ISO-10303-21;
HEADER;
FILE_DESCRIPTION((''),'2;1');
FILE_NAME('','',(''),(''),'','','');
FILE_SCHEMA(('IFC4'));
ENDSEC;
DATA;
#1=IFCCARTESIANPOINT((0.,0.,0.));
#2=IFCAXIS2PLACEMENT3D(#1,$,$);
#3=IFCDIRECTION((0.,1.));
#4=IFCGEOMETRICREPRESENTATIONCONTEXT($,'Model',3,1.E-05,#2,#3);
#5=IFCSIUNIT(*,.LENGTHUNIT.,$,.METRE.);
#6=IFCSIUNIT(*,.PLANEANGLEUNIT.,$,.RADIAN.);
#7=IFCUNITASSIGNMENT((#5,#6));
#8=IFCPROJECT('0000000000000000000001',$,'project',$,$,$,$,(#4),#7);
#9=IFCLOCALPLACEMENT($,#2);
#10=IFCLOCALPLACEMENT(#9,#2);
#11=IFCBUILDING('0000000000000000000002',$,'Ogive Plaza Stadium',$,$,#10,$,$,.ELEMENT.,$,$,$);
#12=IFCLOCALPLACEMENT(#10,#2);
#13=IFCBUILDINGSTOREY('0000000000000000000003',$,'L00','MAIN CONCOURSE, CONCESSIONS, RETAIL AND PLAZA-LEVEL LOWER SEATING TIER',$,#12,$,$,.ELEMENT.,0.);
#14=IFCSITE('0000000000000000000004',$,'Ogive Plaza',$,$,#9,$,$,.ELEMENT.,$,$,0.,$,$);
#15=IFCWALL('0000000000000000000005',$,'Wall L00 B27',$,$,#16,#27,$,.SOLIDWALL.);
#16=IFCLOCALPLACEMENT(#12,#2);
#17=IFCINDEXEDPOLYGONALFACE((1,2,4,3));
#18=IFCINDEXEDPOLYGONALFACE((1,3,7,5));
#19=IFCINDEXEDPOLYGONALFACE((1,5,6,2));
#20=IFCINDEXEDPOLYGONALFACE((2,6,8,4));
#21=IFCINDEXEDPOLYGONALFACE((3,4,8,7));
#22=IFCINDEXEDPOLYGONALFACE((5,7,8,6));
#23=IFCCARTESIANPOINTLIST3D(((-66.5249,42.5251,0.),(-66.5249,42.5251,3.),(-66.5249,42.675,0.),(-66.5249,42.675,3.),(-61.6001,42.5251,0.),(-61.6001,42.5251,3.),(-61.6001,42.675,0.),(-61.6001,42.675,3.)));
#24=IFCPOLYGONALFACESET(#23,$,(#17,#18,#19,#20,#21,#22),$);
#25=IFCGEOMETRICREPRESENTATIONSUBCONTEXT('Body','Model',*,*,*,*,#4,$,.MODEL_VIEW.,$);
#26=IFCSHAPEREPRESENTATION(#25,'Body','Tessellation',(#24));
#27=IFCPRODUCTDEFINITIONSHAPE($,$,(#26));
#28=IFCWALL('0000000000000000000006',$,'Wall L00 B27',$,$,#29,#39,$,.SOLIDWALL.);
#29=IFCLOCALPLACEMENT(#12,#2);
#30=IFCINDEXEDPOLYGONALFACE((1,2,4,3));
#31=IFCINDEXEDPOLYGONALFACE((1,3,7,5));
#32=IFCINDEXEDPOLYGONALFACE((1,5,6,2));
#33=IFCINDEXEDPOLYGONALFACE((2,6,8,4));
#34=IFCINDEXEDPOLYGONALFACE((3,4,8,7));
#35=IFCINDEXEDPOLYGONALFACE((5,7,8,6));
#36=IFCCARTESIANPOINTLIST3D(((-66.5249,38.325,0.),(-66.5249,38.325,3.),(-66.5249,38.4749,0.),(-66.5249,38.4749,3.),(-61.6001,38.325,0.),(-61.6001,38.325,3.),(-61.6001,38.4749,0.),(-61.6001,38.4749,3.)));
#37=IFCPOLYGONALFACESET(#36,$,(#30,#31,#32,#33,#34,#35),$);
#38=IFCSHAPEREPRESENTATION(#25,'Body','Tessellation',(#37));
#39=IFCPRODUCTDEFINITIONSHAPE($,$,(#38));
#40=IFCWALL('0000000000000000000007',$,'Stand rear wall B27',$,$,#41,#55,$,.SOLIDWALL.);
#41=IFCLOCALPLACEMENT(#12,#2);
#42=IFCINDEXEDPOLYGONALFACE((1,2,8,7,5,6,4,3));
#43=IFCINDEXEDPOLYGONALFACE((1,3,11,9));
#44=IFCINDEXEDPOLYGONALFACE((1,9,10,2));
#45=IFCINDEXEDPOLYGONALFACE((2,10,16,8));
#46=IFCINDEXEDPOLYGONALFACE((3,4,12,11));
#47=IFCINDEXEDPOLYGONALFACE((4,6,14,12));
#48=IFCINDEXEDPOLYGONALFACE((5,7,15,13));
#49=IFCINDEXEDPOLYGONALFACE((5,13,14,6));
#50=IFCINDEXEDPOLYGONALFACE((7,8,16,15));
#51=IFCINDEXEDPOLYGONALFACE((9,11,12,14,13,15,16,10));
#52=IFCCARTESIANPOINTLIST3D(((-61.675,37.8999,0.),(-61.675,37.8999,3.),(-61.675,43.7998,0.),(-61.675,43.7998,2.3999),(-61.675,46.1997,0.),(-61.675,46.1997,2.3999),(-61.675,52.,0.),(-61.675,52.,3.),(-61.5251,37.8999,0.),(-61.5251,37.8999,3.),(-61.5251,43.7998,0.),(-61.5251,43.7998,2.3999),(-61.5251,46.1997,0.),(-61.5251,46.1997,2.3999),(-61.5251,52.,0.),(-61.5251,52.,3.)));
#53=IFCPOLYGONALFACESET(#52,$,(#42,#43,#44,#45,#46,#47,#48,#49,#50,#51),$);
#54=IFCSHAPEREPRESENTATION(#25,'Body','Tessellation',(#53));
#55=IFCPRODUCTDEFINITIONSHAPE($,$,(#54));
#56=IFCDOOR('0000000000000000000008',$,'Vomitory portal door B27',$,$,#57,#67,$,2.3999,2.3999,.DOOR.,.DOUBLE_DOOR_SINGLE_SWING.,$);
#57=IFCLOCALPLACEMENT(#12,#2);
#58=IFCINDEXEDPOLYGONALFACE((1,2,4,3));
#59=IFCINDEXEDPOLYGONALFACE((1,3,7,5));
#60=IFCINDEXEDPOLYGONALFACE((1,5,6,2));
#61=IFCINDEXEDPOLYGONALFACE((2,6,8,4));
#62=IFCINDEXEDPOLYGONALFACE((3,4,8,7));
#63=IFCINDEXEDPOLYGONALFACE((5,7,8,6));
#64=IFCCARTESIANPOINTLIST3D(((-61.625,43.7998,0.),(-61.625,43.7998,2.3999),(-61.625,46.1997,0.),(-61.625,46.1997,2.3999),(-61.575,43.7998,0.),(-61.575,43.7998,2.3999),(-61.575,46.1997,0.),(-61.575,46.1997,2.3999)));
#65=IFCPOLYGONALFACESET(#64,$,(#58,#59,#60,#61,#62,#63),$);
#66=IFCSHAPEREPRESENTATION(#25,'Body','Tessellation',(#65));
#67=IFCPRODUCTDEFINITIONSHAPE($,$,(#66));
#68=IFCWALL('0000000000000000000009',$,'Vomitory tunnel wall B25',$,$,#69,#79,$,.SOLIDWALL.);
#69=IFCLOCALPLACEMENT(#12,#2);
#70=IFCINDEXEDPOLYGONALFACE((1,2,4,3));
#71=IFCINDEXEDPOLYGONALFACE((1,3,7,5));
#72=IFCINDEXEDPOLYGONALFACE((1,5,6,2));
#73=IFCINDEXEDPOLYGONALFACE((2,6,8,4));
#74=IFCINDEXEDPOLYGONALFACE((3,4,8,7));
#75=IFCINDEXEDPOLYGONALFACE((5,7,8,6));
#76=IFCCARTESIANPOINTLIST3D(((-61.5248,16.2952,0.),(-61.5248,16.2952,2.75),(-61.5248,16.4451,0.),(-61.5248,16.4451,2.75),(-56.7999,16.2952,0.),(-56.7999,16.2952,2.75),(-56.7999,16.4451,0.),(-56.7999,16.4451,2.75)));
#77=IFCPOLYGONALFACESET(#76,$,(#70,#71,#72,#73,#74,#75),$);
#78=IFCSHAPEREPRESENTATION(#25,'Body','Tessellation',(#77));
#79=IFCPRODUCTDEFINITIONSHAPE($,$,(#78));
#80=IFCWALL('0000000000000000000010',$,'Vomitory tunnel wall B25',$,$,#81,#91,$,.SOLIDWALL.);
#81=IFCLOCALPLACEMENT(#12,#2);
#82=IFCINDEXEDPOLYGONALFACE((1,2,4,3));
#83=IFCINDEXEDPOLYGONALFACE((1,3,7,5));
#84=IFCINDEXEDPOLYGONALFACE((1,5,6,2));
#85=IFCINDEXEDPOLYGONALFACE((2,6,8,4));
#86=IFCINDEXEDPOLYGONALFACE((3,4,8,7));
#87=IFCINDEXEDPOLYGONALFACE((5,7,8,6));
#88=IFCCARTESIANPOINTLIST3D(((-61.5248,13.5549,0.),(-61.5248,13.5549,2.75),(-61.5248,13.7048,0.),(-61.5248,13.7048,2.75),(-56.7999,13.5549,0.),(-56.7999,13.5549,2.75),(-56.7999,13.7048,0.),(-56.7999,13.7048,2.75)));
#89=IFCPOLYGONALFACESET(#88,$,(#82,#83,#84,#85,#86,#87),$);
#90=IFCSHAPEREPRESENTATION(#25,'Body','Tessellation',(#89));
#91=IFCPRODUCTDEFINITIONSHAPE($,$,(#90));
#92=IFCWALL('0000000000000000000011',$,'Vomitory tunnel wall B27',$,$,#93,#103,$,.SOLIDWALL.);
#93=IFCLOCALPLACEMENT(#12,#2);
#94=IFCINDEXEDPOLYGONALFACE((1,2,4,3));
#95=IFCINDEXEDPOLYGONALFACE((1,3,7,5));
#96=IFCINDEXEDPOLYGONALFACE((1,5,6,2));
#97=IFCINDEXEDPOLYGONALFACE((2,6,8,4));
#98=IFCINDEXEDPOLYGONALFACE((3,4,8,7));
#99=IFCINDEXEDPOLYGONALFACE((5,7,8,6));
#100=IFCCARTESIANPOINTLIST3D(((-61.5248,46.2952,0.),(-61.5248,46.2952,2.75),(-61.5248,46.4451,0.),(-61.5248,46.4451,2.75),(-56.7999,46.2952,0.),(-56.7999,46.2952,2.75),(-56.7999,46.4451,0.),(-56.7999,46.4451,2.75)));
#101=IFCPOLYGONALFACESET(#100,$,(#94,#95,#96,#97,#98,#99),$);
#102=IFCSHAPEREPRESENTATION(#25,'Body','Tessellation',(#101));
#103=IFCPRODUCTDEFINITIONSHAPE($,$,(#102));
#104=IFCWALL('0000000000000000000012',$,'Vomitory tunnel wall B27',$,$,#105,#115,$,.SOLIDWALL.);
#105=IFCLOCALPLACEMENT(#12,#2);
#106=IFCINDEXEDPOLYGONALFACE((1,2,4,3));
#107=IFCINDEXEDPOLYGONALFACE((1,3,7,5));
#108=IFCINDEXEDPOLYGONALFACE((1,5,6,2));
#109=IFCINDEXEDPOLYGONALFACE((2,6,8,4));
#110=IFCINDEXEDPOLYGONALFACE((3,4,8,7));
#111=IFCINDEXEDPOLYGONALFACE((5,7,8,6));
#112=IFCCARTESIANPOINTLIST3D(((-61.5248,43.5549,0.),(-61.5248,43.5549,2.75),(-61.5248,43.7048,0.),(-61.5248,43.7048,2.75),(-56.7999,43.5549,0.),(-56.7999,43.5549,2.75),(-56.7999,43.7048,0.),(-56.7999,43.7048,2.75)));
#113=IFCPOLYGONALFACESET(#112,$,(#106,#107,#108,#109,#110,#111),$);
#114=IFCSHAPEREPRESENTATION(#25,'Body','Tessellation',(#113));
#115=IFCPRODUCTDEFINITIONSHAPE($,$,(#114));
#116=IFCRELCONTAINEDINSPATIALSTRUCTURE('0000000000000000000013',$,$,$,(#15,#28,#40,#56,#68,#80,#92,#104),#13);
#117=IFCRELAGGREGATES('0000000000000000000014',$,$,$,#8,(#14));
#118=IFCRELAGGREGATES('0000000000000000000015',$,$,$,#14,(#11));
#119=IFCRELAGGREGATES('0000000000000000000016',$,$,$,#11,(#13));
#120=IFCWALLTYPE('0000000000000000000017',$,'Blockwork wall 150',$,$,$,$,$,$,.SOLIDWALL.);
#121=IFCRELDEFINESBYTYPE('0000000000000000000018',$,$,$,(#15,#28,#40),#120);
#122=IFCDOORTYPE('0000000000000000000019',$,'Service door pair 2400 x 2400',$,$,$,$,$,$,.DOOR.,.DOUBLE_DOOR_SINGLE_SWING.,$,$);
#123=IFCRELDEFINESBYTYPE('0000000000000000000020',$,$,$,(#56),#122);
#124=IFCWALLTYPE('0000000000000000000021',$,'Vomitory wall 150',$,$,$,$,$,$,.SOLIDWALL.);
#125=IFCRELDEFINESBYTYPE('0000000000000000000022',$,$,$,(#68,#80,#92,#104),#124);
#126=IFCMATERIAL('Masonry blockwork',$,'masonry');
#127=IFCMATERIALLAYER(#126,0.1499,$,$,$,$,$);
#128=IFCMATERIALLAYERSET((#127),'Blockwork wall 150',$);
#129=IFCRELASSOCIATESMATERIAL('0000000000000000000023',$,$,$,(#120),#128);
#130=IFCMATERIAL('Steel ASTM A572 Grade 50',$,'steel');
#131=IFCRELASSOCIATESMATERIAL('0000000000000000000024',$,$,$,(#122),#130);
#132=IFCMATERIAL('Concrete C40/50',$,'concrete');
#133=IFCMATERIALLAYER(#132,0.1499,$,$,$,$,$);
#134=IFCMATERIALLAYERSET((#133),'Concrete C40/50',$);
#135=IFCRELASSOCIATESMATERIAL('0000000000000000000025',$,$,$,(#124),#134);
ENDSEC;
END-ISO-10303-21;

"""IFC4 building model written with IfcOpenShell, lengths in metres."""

from ifc_helpers import new_model, si_unit, direction, frame, frame_2d, origin, place, context, subcontext, project, spatial, rectangle, extrude, material, layer, layer_set, type_object, element, fill, save


model = new_model("IFC4")

# Units and contexts
model_context = context("Model", 3, precision=1e-05, world=origin(), true_north=direction((0.0, 1.0)))
body_context = subcontext(model_context, "Body", "Model", "MODEL_VIEW")
ifc_project = project(units=[si_unit("LENGTHUNIT", "METRE"), si_unit("PLANEANGLEUNIT", "RADIAN")], contexts=[model_context])

# Site, building, storey
site_placement = place(None, origin())
site = spatial("IfcSite", under=ifc_project, at=site_placement, Name="Ogive Plaza", CompositionType="ELEMENT", RefElevation=0.0)
building_placement = place(site_placement, origin())
building = spatial("IfcBuilding", under=site, at=building_placement, Name="Ogive Plaza Stadium", CompositionType="ELEMENT")
storey_placement = place(building_placement, origin())
storey = spatial("IfcBuildingStorey", under=building, at=storey_placement, Name="L00", Description="MAIN CONCOURSE, CONCESSIONS, RETAIL AND PLAZA-LEVEL LOWER SEATING TIER", CompositionType="ELEMENT", Elevation=0.0)

# Walls
ifc_material_1 = material(Name="Masonry blockwork", Category="masonry")
ifc_layer_1 = layer(ifc_material_1, 0.1499)
ifc_layer_set_1 = layer_set([ifc_layer_1], Name="Blockwork wall 150")
wall_type_1 = type_object("IfcWallType", Name="Blockwork wall 150", PredefinedType="SOLIDWALL", material=ifc_layer_set_1)
for number, where, z_axis, x_axis, name in (
    (1, (-61.6001, 42.6001, 0.0), (0.0, 0.0, 1.0), (-1.0, 0.0, 0.0), "Wall L00 B27"),
    (2, (-61.6001, 38.3999, 0.0), (0.0, 0.0, 1.0), (-1.0, 0.0, 0.0), "Wall L00 B27"),
):
    element("IfcWall", number, at=place(storey_placement, frame(where, z_axis=z_axis, x_axis=x_axis)), inside=storey, type_object=wall_type_1, Name=name, PredefinedType="SOLIDWALL", context=body_context, shape_type="SweptSolid", body=[
        extrude(rectangle(XDim=4.9248, YDim=0.1499, at=frame_2d((2.4624, 0.0))), origin(), (0.0, 0.0, 1.0), 3.0),
    ])

# Wall, opening, door
wall_placement = place(storey_placement, frame((-61.6001, 37.8999, 0.0), z_axis=(0.0, 0.0, 1.0), x_axis=(0.0, 1.0, 0.0)))
wall = element("IfcWall", 3, at=wall_placement, inside=storey, type_object=wall_type_1, Name="Stand rear wall B27", PredefinedType="SOLIDWALL", context=body_context, shape_type="SweptSolid", body=[
    extrude(rectangle(XDim=14.1001, YDim=0.1499, at=frame_2d((7.05, 0.0))), origin(), (0.0, 0.0, 1.0), 3.0),
])
opening_placement = place(wall_placement, frame((5.8999, 0.0, 0.0)))
opening = element("IfcOpeningElement", 4, at=opening_placement, cuts=wall, PredefinedType="OPENING", context=body_context, shape_type="SweptSolid", body=[
    extrude(rectangle(XDim=2.3999, YDim=2.3999, at=frame_2d((1.2, 1.2))), frame((0.0, 0.075, 0.0), z_axis=(0.0, -1.0, 0.0), x_axis=(1.0, 0.0, 0.0)), (0.0, 0.0, 1.0), 0.1499),
])
ifc_material_2 = material(Name="Steel ASTM A572 Grade 50", Category="steel")
door_type = type_object("IfcDoorType", Name="Service door pair 2400 x 2400", OperationType="DOUBLE_DOOR_SINGLE_SWING", PredefinedType="DOOR", material=ifc_material_2)
door_placement = place(opening_placement, origin())
door = element("IfcDoor", 5, at=door_placement, inside=storey, type_object=door_type, Name="Vomitory portal door B27", OperationType="DOUBLE_DOOR_SINGLE_SWING", OverallHeight=2.3999, OverallWidth=2.3999, PredefinedType="DOOR", context=body_context, shape_type="SweptSolid", body=[
    extrude(rectangle(XDim=2.3999, YDim=2.3999, at=frame_2d((1.2, 1.2))), frame((0.0, 0.0249, 0.0), z_axis=(0.0, -1.0, 0.0), x_axis=(1.0, 0.0, 0.0)), (0.0, 0.0, 1.0), 0.05),
])
fill(opening, door)

# Walls
ifc_material_3 = material(Name="Concrete C40/50", Category="concrete")
ifc_layer_2 = layer(ifc_material_3, 0.1499)
ifc_layer_set_2 = layer_set([ifc_layer_2], Name="Concrete C40/50")
wall_type_2 = type_object("IfcWallType", Name="Vomitory wall 150", PredefinedType="SOLIDWALL", material=ifc_layer_set_2)
for number, where, z_axis, x_axis, name in (
    (6, (-56.8, 16.3701, 0.0), (0.0, 0.0, 1.0), (-1.0, 0.0, 0.0), "Vomitory tunnel wall B25"),
    (7, (-56.8, 13.6299, 0.0), (0.0, 0.0, 1.0), (-1.0, 0.0, 0.0), "Vomitory tunnel wall B25"),
    (8, (-56.8, 46.3701, 0.0), (0.0, 0.0, 1.0), (-1.0, 0.0, 0.0), "Vomitory tunnel wall B27"),
    (9, (-56.8, 43.6299, 0.0), (0.0, 0.0, 1.0), (-1.0, 0.0, 0.0), "Vomitory tunnel wall B27"),
):
    element("IfcWall", number, at=place(storey_placement, frame(where, z_axis=z_axis, x_axis=x_axis)), inside=storey, type_object=wall_type_2, Name=name, PredefinedType="SOLIDWALL", context=body_context, shape_type="SweptSolid", body=[
        extrude(rectangle(XDim=4.7249, YDim=0.1499, at=frame_2d((2.3623, 0.0))), origin(), (0.0, 0.0, 1.0), 2.75),
    ])

save(model, "model.ifc")
